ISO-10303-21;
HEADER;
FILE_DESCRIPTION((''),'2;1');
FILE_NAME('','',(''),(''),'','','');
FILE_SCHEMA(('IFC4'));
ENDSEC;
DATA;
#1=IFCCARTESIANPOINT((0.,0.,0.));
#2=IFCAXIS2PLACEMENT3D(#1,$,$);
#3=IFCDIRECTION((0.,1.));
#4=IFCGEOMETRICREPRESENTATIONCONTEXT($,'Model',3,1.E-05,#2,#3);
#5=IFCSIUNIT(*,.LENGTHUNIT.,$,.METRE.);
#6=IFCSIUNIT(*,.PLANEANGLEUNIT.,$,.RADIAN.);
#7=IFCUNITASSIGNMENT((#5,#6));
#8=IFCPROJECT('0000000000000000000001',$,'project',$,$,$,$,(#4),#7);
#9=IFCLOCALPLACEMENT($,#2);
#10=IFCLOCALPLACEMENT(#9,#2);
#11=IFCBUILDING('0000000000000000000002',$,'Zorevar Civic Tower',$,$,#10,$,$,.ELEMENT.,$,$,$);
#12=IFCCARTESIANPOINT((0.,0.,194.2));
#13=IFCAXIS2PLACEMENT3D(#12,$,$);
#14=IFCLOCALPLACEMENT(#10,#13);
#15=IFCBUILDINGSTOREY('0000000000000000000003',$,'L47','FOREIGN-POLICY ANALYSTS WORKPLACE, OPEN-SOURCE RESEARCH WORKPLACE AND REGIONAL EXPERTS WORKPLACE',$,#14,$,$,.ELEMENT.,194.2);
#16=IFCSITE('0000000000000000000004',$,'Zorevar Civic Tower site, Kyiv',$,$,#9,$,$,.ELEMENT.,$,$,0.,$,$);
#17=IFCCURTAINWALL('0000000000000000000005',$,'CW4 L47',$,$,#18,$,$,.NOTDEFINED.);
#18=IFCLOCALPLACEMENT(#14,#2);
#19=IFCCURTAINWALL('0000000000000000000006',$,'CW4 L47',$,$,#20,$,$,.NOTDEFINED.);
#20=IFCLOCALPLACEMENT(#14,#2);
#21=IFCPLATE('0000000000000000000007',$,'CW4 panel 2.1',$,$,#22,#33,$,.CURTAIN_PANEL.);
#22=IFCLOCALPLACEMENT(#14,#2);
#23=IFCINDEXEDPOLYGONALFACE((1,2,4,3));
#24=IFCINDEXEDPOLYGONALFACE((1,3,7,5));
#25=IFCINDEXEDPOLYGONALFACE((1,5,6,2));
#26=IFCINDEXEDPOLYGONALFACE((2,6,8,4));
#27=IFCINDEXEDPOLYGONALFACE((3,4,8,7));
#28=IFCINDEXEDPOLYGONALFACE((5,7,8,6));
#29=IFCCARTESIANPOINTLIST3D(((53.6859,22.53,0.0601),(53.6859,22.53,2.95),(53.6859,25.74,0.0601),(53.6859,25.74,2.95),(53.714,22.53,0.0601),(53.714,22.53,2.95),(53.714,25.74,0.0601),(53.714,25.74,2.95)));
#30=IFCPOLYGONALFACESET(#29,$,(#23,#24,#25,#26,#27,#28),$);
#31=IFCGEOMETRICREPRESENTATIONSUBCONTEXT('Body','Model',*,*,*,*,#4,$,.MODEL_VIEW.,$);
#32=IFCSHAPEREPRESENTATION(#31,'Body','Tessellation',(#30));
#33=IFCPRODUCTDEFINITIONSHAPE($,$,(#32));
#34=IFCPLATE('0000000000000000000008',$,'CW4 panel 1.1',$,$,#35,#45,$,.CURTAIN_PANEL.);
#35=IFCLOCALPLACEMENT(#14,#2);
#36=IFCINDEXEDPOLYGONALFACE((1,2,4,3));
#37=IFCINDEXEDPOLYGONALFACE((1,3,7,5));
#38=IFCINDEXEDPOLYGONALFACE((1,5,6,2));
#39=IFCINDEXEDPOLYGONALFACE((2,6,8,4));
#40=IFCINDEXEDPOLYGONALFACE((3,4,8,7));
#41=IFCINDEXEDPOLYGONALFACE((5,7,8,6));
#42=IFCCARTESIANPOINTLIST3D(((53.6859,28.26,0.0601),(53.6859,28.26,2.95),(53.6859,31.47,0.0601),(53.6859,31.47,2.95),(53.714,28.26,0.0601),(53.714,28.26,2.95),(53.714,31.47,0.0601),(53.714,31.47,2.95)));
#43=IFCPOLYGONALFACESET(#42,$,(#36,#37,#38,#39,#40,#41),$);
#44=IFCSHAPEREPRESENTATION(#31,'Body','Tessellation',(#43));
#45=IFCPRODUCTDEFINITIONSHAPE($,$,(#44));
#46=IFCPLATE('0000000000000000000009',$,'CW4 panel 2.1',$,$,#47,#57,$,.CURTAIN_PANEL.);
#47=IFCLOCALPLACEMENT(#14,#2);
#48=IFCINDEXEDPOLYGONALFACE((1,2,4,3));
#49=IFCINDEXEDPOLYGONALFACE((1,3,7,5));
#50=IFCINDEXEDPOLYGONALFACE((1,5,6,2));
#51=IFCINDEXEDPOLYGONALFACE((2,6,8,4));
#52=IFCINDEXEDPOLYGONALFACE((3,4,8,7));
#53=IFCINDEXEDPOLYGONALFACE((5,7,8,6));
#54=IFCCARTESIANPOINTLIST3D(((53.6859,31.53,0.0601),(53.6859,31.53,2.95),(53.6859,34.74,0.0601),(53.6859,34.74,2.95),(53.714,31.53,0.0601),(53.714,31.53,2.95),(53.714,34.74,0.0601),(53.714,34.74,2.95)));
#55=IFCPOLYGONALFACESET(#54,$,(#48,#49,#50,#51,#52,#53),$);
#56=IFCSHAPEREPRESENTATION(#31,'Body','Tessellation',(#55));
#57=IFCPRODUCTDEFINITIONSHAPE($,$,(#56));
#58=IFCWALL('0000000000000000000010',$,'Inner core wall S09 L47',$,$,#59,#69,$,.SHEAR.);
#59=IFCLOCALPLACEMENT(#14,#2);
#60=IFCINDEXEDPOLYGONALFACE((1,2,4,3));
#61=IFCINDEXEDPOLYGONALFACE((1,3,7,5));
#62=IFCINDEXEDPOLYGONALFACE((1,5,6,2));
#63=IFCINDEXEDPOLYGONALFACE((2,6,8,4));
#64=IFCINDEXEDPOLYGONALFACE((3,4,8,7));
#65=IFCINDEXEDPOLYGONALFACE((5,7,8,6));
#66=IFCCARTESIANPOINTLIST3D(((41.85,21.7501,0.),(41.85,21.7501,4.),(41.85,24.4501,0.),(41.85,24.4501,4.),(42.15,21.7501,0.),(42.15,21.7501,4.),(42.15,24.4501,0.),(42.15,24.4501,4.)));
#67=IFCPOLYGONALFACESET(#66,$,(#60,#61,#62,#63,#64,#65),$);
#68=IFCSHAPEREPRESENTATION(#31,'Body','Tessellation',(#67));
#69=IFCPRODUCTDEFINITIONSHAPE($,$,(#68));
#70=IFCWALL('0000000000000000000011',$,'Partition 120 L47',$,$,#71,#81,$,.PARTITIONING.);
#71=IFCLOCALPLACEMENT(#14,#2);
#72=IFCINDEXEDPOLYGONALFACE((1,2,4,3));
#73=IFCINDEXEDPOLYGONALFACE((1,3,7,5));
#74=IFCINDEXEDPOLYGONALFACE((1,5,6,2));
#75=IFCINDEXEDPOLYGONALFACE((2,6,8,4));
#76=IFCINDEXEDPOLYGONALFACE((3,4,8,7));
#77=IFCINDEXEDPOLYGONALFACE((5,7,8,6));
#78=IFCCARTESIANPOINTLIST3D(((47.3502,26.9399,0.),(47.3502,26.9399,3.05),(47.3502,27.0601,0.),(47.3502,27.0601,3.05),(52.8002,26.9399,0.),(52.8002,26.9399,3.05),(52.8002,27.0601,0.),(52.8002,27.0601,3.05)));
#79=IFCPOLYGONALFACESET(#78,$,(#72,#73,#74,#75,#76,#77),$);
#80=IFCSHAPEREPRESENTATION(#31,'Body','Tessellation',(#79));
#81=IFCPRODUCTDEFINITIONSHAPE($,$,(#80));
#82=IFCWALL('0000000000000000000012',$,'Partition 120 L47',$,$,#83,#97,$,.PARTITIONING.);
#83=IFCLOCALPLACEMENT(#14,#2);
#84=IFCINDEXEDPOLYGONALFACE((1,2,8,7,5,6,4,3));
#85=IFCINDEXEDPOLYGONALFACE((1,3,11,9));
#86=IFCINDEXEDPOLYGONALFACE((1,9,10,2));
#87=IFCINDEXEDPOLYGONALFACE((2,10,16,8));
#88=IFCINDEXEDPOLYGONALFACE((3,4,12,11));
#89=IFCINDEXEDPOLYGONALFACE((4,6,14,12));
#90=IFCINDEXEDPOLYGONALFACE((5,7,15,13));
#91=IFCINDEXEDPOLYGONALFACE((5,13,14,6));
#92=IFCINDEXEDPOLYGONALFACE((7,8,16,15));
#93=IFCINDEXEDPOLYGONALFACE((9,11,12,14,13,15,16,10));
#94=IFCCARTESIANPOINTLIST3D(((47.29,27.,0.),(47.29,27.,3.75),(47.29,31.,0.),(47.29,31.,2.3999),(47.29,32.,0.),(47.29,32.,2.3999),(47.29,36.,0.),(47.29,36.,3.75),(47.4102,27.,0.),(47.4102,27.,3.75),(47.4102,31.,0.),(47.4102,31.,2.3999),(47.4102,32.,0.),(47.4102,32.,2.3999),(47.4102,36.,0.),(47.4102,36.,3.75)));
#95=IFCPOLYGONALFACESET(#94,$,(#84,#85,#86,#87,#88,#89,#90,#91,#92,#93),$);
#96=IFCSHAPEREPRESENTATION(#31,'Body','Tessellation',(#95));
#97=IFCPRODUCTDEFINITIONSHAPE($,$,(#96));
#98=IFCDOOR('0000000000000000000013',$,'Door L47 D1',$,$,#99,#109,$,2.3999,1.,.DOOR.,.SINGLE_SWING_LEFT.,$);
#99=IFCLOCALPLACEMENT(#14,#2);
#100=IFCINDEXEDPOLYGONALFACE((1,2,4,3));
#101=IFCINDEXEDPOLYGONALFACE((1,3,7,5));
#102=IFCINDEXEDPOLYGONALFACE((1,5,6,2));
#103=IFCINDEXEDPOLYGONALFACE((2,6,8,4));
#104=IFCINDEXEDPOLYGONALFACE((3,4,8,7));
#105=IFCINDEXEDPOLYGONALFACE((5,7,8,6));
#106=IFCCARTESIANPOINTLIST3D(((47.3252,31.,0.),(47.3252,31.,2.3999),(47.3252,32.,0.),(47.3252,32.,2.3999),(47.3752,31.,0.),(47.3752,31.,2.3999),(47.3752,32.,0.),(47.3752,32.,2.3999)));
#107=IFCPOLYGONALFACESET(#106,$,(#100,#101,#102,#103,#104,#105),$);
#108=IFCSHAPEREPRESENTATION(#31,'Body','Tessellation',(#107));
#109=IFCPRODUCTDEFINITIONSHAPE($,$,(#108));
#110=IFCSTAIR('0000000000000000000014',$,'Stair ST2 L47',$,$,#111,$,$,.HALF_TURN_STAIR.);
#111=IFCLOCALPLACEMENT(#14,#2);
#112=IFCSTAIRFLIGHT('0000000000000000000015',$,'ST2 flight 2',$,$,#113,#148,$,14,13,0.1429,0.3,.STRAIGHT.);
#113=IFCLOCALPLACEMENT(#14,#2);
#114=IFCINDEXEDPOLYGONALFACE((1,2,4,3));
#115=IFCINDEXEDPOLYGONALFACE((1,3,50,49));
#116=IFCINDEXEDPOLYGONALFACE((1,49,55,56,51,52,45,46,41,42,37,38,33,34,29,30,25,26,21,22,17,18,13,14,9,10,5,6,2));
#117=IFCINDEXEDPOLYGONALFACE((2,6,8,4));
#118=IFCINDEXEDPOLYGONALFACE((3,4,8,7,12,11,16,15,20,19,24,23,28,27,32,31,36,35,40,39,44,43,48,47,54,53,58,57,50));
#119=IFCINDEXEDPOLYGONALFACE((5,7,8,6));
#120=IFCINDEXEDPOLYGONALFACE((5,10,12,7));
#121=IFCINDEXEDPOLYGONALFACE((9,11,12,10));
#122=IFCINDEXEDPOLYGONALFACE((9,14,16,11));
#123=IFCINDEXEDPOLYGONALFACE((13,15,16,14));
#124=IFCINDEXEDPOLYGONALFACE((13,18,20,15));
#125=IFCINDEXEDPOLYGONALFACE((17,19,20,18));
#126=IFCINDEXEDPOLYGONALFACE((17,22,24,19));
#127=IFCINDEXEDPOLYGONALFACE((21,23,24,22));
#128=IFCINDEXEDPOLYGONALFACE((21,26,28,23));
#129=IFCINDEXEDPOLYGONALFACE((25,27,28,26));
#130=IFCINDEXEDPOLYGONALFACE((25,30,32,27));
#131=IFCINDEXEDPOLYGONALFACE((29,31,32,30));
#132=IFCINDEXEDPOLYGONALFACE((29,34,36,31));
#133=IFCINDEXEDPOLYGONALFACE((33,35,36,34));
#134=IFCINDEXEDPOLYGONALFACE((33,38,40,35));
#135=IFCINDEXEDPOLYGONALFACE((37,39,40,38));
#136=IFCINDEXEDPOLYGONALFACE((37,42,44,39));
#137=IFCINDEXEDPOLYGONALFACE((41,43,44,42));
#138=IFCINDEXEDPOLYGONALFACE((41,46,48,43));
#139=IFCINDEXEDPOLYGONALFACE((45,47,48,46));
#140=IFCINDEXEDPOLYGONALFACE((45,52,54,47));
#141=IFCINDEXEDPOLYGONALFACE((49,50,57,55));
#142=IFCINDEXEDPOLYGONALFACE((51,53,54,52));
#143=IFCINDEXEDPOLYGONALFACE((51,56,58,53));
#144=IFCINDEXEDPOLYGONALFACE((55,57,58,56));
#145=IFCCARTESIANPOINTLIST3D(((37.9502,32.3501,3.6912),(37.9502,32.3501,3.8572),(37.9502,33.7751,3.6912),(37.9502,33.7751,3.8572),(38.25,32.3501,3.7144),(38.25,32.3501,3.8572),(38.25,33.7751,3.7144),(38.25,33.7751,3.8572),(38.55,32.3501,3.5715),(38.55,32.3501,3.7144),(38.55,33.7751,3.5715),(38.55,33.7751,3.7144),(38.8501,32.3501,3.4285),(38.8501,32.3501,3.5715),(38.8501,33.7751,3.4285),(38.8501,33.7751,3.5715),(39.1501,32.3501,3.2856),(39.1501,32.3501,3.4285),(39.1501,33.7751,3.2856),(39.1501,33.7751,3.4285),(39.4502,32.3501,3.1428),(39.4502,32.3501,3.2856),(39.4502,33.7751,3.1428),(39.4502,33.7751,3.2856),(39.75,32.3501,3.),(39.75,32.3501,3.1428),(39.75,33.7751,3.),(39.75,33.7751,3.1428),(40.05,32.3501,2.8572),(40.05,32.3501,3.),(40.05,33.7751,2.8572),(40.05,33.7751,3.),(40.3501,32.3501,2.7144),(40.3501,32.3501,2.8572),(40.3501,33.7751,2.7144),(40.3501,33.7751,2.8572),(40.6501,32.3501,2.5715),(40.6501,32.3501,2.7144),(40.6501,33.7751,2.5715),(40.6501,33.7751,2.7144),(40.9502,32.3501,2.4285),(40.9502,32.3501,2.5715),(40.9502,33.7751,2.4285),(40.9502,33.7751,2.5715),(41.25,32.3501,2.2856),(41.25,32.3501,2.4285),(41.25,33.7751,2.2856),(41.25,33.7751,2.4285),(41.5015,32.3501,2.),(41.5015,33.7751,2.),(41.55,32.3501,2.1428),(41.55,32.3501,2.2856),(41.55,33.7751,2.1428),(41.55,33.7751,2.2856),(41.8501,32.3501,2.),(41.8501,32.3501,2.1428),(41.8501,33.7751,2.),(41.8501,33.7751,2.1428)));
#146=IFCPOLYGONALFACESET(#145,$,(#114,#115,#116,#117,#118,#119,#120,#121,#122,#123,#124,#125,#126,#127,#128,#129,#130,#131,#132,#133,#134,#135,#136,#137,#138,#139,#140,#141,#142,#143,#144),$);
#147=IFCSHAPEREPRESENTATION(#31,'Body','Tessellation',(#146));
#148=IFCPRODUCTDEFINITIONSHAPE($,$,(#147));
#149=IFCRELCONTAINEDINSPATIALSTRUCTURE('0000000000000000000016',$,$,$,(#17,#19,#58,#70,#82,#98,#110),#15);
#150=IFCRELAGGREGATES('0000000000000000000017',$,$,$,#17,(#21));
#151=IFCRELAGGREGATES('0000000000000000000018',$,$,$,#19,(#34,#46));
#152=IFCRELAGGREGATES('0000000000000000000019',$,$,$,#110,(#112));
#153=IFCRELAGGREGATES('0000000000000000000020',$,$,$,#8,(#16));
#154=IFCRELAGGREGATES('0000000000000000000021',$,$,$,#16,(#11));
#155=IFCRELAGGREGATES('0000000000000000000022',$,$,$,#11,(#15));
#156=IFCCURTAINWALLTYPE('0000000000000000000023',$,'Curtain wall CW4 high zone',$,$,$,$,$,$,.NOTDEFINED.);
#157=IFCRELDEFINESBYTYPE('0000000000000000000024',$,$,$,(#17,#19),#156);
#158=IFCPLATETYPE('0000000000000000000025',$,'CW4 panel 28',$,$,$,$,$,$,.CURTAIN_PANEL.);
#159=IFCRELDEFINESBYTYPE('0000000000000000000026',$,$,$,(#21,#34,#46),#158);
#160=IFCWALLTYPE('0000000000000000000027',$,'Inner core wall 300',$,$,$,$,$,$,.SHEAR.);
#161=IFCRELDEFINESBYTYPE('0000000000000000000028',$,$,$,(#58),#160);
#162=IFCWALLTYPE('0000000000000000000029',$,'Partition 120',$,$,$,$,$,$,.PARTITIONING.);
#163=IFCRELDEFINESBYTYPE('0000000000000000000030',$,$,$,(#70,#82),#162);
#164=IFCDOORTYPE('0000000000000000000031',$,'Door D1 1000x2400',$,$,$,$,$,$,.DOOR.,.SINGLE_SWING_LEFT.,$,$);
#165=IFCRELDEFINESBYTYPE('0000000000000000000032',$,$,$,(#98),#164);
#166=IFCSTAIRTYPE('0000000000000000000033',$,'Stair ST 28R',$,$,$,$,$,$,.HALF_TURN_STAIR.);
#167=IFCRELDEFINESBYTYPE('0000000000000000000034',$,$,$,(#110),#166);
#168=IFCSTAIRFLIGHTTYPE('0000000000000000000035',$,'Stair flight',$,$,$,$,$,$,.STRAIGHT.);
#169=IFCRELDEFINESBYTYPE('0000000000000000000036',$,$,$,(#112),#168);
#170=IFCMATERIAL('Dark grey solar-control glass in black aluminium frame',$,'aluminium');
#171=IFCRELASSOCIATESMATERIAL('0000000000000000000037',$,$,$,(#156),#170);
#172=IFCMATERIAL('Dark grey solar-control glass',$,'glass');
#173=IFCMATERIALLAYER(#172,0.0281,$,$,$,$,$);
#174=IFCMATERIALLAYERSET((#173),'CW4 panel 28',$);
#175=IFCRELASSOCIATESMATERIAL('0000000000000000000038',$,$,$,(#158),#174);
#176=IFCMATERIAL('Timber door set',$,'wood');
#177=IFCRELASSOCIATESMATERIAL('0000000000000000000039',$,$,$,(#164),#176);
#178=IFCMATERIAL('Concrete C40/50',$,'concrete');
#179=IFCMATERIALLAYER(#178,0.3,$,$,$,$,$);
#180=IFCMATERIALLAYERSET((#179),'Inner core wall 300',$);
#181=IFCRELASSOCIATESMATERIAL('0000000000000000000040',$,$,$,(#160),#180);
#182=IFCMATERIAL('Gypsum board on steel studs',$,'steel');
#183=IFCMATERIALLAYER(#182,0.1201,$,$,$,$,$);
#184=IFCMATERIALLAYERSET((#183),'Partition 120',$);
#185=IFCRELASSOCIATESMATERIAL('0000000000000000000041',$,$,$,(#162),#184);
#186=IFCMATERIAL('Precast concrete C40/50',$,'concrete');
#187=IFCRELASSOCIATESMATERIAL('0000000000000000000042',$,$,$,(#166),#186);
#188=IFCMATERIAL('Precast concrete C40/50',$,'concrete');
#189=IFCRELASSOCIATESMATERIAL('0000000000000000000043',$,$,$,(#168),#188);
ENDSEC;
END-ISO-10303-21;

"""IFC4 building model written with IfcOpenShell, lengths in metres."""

from ifc_helpers import new_model, si_unit, direction, frame, frame_2d, origin, origin_2d, place, context, subcontext, project, spatial, polyline, rectangle, outline, extrude, material, layer, layer_set, type_object, element, fill, aggregate, save


model = new_model("IFC4")

# Units and contexts
model_context = context("Model", 3, precision=1e-05, world=origin(), true_north=direction((0.0, 1.0)))
body_context = subcontext(model_context, "Body", "Model", "MODEL_VIEW")
ifc_project = project(units=[si_unit("LENGTHUNIT", "METRE"), si_unit("PLANEANGLEUNIT", "RADIAN")], contexts=[model_context])

# Site, building, storey
site_placement = place(None, origin())
site = spatial("IfcSite", under=ifc_project, at=site_placement, Name="Zorevar Civic Tower site, Kyiv", CompositionType="ELEMENT", RefElevation=0.0)
building_placement = place(site_placement, origin())
building = spatial("IfcBuilding", under=site, at=building_placement, Name="Zorevar Civic Tower", CompositionType="ELEMENT")
storey_placement = place(building_placement, frame((0.0, 0.0, 194.2)))
storey = spatial("IfcBuildingStorey", under=building, at=storey_placement, Name="L47", Description="FOREIGN-POLICY ANALYSTS WORKPLACE, OPEN-SOURCE RESEARCH WORKPLACE AND REGIONAL EXPERTS WORKPLACE", CompositionType="ELEMENT", Elevation=194.2)

# Curtain walls
ifc_material_1 = material(Name="Dark grey solar-control glass in black aluminium frame", Category="aluminium")
curtain_wall_type = type_object("IfcCurtainWallType", Name="Curtain wall CW4 high zone", PredefinedType="NOTDEFINED", material=ifc_material_1)
curtain_wall_1_placement = place(storey_placement, origin())
curtain_wall_1 = element("IfcCurtainWall", 1, at=curtain_wall_1_placement, inside=storey, type_object=curtain_wall_type, Name="CW4 L47", PredefinedType="NOTDEFINED")
curtain_wall_2_placement = place(storey_placement, origin())
curtain_wall_2 = element("IfcCurtainWall", 2, at=curtain_wall_2_placement, inside=storey, type_object=curtain_wall_type, Name="CW4 L47", PredefinedType="NOTDEFINED")

# Plates
ifc_material_2 = material(Name="Dark grey solar-control glass", Category="glass")
ifc_layer_1 = layer(ifc_material_2, 0.0281)
ifc_layer_set_1 = layer_set([ifc_layer_1], Name="CW4 panel 28")
plate_type = type_object("IfcPlateType", Name="CW4 panel 28", PredefinedType="CURTAIN_PANEL", material=ifc_layer_set_1)
plate_1_placement = place(storey_placement, frame((53.7, 24.135, 0.0601), z_axis=(0.0, 0.0, 1.0), x_axis=(0.0, 1.0, 0.0)))
plate_1 = element("IfcPlate", 3, at=plate_1_placement, type_object=plate_type, Name="CW4 panel 2.1", PredefinedType="CURTAIN_PANEL", context=body_context, shape_type="SweptSolid", body=[
    extrude(rectangle(XDim=3.21, YDim=0.0281, at=origin_2d()), origin(), (0.0, 0.0, 1.0), 2.8899),
])
aggregate(curtain_wall_1, [plate_1])
plate_2_placement = place(storey_placement, frame((53.7, 29.865, 0.0601), z_axis=(0.0, 0.0, 1.0), x_axis=(0.0, 1.0, 0.0)))
plate_2 = element("IfcPlate", 4, at=plate_2_placement, type_object=plate_type, Name="CW4 panel 1.1", PredefinedType="CURTAIN_PANEL", context=body_context, shape_type="SweptSolid", body=[
    extrude(rectangle(XDim=3.21, YDim=0.0281, at=origin_2d()), origin(), (0.0, 0.0, 1.0), 2.8899),
])
plate_3_placement = place(storey_placement, frame((53.7, 33.135, 0.0601), z_axis=(0.0, 0.0, 1.0), x_axis=(0.0, 1.0, 0.0)))
plate_3 = element("IfcPlate", 5, at=plate_3_placement, type_object=plate_type, Name="CW4 panel 2.1", PredefinedType="CURTAIN_PANEL", context=body_context, shape_type="SweptSolid", body=[
    extrude(rectangle(XDim=3.21, YDim=0.0281, at=origin_2d()), origin(), (0.0, 0.0, 1.0), 2.8899),
])
aggregate(curtain_wall_2, [plate_2, plate_3])

# Shared definitions
ifc_material_3 = material(Name="Timber door set", Category="wood")
door_type_1 = type_object("IfcDoorType", Name="Door D1 1000x2400", OperationType="SINGLE_SWING_LEFT", PredefinedType="DOOR", material=ifc_material_3)

# Shared definitions
ifc_material_4 = material(Name="Concrete C40/50", Category="concrete")
ifc_layer_2 = layer(ifc_material_4, 0.3)
ifc_layer_set_2 = layer_set([ifc_layer_2], Name="Inner core wall 300")
wall_type_1 = type_object("IfcWallType", Name="Inner core wall 300", PredefinedType="SHEAR", material=ifc_layer_set_2)

# Walls
wall_1_placement = place(storey_placement, frame((42.0, 21.75, 0.0), z_axis=(0.0, 0.0, 1.0), x_axis=(0.0, 1.0, 0.0)))
element("IfcWall", 6, at=wall_1_placement, inside=storey, type_object=wall_type_1, Name="Inner core wall S09 L47", PredefinedType="SHEAR", context=body_context, shape_type="SweptSolid", body=[
    extrude(rectangle(XDim=2.7, YDim=0.3, at=frame_2d((1.3501, 0.0))), origin(), (0.0, 0.0, 1.0), 4.0),
])
ifc_material_5 = material(Name="Gypsum board on steel studs", Category="steel")
ifc_layer_3 = layer(ifc_material_5, 0.1201)
ifc_layer_set_3 = layer_set([ifc_layer_3], Name="Partition 120")
wall_type_2 = type_object("IfcWallType", Name="Partition 120", PredefinedType="PARTITIONING", material=ifc_layer_set_3)
wall_2_placement = place(storey_placement, frame((47.3501, 27.0, 0.0), z_axis=(0.0, 0.0, 1.0), x_axis=(1.0, 0.0, 0.0)))
element("IfcWall", 7, at=wall_2_placement, inside=storey, type_object=wall_type_2, Name="Partition 120 L47", PredefinedType="PARTITIONING", context=body_context, shape_type="SweptSolid", body=[
    extrude(rectangle(XDim=5.45, YDim=0.1201, at=frame_2d((2.7251, 0.0))), origin(), (0.0, 0.0, 1.0), 3.05),
])

# Wall, opening, door
wall_3_placement = place(storey_placement, frame((47.3501, 27.0, 0.0), z_axis=(0.0, 0.0, 1.0), x_axis=(0.0, 1.0, 0.0)))
wall_3 = element("IfcWall", 8, at=wall_3_placement, inside=storey, type_object=wall_type_2, Name="Partition 120 L47", PredefinedType="PARTITIONING", context=body_context, shape_type="SweptSolid", body=[
    extrude(rectangle(XDim=9.0, YDim=0.1201, at=frame_2d((4.5, 0.0))), origin(), (0.0, 0.0, 1.0), 3.75),
])
opening_1_placement = place(wall_3_placement, frame((4.0, 0.0, 0.0)))
opening_1 = element("IfcOpeningElement", 9, at=opening_1_placement, cuts=wall_3, PredefinedType="OPENING", context=body_context, shape_type="SweptSolid", body=[
    extrude(rectangle(XDim=1.0, YDim=2.3999, at=frame_2d((0.5, 1.2))), frame((0.0, 0.0701, 0.0), z_axis=(0.0, -1.0, 0.0), x_axis=(1.0, 0.0, 0.0)), (0.0, 0.0, 1.0), 0.1401),
])
door_1_placement = place(opening_1_placement, origin())
door_1 = element("IfcDoor", 10, at=door_1_placement, inside=storey, type_object=door_type_1, Name="Door L47 D1", OperationType="SINGLE_SWING_LEFT", OverallHeight=2.3999, OverallWidth=1.0, PredefinedType="DOOR", context=body_context, shape_type="SweptSolid", body=[
    extrude(rectangle(XDim=1.0, YDim=2.3999, at=frame_2d((0.5, 1.2))), frame((0.0, 0.0249, 0.0), z_axis=(0.0, -1.0, 0.0), x_axis=(1.0, 0.0, 0.0)), (0.0, 0.0, 1.0), 0.05),
])
fill(opening_1, door_1)

# Stair, stair flight
ifc_material_6 = material(Name="Precast concrete C40/50", Category="concrete")
stair_type = type_object("IfcStairType", Name="Stair ST 28R", PredefinedType="HALF_TURN_STAIR", material=ifc_material_6)
stair_placement = place(storey_placement, origin())
stair = element("IfcStair", 11, at=stair_placement, inside=storey, type_object=stair_type, Name="Stair ST2 L47", PredefinedType="HALF_TURN_STAIR")
ifc_material_7 = material(Name="Precast concrete C40/50", Category="concrete")
stair_flight_type = type_object("IfcStairFlightType", Name="Stair flight", PredefinedType="STRAIGHT", material=ifc_material_7)
stair_flight_placement = place(storey_placement, frame((41.8501, 33.0625, 2.0), z_axis=(0.0, 0.0, 1.0), x_axis=(-1.0, 0.0, 0.0)))
stair_flight = element("IfcStairFlight", 12, at=stair_flight_placement, type_object=stair_flight_type, Name="ST2 flight 2", NumberOfRisers=14, NumberOfTreads=13, PredefinedType="STRAIGHT", RiserHeight=0.1429, TreadLength=0.3, context=body_context, shape_type="SweptSolid", body=[
    extrude(outline(polyline([(0.0, 0.0), (0.0, 0.1428), (0.3, 0.1428), (0.3, 0.2856), (0.6001, 0.2856), (0.6001, 0.4285), (0.8999, 0.4285), (0.8999, 0.5715), (1.2, 0.5715), (1.2, 0.7144), (1.5, 0.7144), (1.5, 0.8572), (1.8, 0.8572), (1.8, 1.0), (2.1001, 1.0), (2.1001, 1.1428), (2.3999, 1.1428), (2.3999, 1.2856), (2.7, 1.2856), (2.7, 1.4285), (3.0, 1.4285), (3.0, 1.5715), (3.3, 1.5715), (3.3, 1.7144), (3.6001, 1.7144), (3.6001, 1.8572), (3.8999, 1.8572), (3.8999, 2.0), (3.8999, 1.6912), (0.3486, 0.0), (0.0, 0.0)])), frame((0.0, 0.7124, 0.0), z_axis=(0.0, -1.0, 0.0), x_axis=(1.0, 0.0, 0.0)), (0.0, 0.0, 1.0), 1.425),
])
aggregate(stair, [stair_flight])

save(model, "model.ifc")
